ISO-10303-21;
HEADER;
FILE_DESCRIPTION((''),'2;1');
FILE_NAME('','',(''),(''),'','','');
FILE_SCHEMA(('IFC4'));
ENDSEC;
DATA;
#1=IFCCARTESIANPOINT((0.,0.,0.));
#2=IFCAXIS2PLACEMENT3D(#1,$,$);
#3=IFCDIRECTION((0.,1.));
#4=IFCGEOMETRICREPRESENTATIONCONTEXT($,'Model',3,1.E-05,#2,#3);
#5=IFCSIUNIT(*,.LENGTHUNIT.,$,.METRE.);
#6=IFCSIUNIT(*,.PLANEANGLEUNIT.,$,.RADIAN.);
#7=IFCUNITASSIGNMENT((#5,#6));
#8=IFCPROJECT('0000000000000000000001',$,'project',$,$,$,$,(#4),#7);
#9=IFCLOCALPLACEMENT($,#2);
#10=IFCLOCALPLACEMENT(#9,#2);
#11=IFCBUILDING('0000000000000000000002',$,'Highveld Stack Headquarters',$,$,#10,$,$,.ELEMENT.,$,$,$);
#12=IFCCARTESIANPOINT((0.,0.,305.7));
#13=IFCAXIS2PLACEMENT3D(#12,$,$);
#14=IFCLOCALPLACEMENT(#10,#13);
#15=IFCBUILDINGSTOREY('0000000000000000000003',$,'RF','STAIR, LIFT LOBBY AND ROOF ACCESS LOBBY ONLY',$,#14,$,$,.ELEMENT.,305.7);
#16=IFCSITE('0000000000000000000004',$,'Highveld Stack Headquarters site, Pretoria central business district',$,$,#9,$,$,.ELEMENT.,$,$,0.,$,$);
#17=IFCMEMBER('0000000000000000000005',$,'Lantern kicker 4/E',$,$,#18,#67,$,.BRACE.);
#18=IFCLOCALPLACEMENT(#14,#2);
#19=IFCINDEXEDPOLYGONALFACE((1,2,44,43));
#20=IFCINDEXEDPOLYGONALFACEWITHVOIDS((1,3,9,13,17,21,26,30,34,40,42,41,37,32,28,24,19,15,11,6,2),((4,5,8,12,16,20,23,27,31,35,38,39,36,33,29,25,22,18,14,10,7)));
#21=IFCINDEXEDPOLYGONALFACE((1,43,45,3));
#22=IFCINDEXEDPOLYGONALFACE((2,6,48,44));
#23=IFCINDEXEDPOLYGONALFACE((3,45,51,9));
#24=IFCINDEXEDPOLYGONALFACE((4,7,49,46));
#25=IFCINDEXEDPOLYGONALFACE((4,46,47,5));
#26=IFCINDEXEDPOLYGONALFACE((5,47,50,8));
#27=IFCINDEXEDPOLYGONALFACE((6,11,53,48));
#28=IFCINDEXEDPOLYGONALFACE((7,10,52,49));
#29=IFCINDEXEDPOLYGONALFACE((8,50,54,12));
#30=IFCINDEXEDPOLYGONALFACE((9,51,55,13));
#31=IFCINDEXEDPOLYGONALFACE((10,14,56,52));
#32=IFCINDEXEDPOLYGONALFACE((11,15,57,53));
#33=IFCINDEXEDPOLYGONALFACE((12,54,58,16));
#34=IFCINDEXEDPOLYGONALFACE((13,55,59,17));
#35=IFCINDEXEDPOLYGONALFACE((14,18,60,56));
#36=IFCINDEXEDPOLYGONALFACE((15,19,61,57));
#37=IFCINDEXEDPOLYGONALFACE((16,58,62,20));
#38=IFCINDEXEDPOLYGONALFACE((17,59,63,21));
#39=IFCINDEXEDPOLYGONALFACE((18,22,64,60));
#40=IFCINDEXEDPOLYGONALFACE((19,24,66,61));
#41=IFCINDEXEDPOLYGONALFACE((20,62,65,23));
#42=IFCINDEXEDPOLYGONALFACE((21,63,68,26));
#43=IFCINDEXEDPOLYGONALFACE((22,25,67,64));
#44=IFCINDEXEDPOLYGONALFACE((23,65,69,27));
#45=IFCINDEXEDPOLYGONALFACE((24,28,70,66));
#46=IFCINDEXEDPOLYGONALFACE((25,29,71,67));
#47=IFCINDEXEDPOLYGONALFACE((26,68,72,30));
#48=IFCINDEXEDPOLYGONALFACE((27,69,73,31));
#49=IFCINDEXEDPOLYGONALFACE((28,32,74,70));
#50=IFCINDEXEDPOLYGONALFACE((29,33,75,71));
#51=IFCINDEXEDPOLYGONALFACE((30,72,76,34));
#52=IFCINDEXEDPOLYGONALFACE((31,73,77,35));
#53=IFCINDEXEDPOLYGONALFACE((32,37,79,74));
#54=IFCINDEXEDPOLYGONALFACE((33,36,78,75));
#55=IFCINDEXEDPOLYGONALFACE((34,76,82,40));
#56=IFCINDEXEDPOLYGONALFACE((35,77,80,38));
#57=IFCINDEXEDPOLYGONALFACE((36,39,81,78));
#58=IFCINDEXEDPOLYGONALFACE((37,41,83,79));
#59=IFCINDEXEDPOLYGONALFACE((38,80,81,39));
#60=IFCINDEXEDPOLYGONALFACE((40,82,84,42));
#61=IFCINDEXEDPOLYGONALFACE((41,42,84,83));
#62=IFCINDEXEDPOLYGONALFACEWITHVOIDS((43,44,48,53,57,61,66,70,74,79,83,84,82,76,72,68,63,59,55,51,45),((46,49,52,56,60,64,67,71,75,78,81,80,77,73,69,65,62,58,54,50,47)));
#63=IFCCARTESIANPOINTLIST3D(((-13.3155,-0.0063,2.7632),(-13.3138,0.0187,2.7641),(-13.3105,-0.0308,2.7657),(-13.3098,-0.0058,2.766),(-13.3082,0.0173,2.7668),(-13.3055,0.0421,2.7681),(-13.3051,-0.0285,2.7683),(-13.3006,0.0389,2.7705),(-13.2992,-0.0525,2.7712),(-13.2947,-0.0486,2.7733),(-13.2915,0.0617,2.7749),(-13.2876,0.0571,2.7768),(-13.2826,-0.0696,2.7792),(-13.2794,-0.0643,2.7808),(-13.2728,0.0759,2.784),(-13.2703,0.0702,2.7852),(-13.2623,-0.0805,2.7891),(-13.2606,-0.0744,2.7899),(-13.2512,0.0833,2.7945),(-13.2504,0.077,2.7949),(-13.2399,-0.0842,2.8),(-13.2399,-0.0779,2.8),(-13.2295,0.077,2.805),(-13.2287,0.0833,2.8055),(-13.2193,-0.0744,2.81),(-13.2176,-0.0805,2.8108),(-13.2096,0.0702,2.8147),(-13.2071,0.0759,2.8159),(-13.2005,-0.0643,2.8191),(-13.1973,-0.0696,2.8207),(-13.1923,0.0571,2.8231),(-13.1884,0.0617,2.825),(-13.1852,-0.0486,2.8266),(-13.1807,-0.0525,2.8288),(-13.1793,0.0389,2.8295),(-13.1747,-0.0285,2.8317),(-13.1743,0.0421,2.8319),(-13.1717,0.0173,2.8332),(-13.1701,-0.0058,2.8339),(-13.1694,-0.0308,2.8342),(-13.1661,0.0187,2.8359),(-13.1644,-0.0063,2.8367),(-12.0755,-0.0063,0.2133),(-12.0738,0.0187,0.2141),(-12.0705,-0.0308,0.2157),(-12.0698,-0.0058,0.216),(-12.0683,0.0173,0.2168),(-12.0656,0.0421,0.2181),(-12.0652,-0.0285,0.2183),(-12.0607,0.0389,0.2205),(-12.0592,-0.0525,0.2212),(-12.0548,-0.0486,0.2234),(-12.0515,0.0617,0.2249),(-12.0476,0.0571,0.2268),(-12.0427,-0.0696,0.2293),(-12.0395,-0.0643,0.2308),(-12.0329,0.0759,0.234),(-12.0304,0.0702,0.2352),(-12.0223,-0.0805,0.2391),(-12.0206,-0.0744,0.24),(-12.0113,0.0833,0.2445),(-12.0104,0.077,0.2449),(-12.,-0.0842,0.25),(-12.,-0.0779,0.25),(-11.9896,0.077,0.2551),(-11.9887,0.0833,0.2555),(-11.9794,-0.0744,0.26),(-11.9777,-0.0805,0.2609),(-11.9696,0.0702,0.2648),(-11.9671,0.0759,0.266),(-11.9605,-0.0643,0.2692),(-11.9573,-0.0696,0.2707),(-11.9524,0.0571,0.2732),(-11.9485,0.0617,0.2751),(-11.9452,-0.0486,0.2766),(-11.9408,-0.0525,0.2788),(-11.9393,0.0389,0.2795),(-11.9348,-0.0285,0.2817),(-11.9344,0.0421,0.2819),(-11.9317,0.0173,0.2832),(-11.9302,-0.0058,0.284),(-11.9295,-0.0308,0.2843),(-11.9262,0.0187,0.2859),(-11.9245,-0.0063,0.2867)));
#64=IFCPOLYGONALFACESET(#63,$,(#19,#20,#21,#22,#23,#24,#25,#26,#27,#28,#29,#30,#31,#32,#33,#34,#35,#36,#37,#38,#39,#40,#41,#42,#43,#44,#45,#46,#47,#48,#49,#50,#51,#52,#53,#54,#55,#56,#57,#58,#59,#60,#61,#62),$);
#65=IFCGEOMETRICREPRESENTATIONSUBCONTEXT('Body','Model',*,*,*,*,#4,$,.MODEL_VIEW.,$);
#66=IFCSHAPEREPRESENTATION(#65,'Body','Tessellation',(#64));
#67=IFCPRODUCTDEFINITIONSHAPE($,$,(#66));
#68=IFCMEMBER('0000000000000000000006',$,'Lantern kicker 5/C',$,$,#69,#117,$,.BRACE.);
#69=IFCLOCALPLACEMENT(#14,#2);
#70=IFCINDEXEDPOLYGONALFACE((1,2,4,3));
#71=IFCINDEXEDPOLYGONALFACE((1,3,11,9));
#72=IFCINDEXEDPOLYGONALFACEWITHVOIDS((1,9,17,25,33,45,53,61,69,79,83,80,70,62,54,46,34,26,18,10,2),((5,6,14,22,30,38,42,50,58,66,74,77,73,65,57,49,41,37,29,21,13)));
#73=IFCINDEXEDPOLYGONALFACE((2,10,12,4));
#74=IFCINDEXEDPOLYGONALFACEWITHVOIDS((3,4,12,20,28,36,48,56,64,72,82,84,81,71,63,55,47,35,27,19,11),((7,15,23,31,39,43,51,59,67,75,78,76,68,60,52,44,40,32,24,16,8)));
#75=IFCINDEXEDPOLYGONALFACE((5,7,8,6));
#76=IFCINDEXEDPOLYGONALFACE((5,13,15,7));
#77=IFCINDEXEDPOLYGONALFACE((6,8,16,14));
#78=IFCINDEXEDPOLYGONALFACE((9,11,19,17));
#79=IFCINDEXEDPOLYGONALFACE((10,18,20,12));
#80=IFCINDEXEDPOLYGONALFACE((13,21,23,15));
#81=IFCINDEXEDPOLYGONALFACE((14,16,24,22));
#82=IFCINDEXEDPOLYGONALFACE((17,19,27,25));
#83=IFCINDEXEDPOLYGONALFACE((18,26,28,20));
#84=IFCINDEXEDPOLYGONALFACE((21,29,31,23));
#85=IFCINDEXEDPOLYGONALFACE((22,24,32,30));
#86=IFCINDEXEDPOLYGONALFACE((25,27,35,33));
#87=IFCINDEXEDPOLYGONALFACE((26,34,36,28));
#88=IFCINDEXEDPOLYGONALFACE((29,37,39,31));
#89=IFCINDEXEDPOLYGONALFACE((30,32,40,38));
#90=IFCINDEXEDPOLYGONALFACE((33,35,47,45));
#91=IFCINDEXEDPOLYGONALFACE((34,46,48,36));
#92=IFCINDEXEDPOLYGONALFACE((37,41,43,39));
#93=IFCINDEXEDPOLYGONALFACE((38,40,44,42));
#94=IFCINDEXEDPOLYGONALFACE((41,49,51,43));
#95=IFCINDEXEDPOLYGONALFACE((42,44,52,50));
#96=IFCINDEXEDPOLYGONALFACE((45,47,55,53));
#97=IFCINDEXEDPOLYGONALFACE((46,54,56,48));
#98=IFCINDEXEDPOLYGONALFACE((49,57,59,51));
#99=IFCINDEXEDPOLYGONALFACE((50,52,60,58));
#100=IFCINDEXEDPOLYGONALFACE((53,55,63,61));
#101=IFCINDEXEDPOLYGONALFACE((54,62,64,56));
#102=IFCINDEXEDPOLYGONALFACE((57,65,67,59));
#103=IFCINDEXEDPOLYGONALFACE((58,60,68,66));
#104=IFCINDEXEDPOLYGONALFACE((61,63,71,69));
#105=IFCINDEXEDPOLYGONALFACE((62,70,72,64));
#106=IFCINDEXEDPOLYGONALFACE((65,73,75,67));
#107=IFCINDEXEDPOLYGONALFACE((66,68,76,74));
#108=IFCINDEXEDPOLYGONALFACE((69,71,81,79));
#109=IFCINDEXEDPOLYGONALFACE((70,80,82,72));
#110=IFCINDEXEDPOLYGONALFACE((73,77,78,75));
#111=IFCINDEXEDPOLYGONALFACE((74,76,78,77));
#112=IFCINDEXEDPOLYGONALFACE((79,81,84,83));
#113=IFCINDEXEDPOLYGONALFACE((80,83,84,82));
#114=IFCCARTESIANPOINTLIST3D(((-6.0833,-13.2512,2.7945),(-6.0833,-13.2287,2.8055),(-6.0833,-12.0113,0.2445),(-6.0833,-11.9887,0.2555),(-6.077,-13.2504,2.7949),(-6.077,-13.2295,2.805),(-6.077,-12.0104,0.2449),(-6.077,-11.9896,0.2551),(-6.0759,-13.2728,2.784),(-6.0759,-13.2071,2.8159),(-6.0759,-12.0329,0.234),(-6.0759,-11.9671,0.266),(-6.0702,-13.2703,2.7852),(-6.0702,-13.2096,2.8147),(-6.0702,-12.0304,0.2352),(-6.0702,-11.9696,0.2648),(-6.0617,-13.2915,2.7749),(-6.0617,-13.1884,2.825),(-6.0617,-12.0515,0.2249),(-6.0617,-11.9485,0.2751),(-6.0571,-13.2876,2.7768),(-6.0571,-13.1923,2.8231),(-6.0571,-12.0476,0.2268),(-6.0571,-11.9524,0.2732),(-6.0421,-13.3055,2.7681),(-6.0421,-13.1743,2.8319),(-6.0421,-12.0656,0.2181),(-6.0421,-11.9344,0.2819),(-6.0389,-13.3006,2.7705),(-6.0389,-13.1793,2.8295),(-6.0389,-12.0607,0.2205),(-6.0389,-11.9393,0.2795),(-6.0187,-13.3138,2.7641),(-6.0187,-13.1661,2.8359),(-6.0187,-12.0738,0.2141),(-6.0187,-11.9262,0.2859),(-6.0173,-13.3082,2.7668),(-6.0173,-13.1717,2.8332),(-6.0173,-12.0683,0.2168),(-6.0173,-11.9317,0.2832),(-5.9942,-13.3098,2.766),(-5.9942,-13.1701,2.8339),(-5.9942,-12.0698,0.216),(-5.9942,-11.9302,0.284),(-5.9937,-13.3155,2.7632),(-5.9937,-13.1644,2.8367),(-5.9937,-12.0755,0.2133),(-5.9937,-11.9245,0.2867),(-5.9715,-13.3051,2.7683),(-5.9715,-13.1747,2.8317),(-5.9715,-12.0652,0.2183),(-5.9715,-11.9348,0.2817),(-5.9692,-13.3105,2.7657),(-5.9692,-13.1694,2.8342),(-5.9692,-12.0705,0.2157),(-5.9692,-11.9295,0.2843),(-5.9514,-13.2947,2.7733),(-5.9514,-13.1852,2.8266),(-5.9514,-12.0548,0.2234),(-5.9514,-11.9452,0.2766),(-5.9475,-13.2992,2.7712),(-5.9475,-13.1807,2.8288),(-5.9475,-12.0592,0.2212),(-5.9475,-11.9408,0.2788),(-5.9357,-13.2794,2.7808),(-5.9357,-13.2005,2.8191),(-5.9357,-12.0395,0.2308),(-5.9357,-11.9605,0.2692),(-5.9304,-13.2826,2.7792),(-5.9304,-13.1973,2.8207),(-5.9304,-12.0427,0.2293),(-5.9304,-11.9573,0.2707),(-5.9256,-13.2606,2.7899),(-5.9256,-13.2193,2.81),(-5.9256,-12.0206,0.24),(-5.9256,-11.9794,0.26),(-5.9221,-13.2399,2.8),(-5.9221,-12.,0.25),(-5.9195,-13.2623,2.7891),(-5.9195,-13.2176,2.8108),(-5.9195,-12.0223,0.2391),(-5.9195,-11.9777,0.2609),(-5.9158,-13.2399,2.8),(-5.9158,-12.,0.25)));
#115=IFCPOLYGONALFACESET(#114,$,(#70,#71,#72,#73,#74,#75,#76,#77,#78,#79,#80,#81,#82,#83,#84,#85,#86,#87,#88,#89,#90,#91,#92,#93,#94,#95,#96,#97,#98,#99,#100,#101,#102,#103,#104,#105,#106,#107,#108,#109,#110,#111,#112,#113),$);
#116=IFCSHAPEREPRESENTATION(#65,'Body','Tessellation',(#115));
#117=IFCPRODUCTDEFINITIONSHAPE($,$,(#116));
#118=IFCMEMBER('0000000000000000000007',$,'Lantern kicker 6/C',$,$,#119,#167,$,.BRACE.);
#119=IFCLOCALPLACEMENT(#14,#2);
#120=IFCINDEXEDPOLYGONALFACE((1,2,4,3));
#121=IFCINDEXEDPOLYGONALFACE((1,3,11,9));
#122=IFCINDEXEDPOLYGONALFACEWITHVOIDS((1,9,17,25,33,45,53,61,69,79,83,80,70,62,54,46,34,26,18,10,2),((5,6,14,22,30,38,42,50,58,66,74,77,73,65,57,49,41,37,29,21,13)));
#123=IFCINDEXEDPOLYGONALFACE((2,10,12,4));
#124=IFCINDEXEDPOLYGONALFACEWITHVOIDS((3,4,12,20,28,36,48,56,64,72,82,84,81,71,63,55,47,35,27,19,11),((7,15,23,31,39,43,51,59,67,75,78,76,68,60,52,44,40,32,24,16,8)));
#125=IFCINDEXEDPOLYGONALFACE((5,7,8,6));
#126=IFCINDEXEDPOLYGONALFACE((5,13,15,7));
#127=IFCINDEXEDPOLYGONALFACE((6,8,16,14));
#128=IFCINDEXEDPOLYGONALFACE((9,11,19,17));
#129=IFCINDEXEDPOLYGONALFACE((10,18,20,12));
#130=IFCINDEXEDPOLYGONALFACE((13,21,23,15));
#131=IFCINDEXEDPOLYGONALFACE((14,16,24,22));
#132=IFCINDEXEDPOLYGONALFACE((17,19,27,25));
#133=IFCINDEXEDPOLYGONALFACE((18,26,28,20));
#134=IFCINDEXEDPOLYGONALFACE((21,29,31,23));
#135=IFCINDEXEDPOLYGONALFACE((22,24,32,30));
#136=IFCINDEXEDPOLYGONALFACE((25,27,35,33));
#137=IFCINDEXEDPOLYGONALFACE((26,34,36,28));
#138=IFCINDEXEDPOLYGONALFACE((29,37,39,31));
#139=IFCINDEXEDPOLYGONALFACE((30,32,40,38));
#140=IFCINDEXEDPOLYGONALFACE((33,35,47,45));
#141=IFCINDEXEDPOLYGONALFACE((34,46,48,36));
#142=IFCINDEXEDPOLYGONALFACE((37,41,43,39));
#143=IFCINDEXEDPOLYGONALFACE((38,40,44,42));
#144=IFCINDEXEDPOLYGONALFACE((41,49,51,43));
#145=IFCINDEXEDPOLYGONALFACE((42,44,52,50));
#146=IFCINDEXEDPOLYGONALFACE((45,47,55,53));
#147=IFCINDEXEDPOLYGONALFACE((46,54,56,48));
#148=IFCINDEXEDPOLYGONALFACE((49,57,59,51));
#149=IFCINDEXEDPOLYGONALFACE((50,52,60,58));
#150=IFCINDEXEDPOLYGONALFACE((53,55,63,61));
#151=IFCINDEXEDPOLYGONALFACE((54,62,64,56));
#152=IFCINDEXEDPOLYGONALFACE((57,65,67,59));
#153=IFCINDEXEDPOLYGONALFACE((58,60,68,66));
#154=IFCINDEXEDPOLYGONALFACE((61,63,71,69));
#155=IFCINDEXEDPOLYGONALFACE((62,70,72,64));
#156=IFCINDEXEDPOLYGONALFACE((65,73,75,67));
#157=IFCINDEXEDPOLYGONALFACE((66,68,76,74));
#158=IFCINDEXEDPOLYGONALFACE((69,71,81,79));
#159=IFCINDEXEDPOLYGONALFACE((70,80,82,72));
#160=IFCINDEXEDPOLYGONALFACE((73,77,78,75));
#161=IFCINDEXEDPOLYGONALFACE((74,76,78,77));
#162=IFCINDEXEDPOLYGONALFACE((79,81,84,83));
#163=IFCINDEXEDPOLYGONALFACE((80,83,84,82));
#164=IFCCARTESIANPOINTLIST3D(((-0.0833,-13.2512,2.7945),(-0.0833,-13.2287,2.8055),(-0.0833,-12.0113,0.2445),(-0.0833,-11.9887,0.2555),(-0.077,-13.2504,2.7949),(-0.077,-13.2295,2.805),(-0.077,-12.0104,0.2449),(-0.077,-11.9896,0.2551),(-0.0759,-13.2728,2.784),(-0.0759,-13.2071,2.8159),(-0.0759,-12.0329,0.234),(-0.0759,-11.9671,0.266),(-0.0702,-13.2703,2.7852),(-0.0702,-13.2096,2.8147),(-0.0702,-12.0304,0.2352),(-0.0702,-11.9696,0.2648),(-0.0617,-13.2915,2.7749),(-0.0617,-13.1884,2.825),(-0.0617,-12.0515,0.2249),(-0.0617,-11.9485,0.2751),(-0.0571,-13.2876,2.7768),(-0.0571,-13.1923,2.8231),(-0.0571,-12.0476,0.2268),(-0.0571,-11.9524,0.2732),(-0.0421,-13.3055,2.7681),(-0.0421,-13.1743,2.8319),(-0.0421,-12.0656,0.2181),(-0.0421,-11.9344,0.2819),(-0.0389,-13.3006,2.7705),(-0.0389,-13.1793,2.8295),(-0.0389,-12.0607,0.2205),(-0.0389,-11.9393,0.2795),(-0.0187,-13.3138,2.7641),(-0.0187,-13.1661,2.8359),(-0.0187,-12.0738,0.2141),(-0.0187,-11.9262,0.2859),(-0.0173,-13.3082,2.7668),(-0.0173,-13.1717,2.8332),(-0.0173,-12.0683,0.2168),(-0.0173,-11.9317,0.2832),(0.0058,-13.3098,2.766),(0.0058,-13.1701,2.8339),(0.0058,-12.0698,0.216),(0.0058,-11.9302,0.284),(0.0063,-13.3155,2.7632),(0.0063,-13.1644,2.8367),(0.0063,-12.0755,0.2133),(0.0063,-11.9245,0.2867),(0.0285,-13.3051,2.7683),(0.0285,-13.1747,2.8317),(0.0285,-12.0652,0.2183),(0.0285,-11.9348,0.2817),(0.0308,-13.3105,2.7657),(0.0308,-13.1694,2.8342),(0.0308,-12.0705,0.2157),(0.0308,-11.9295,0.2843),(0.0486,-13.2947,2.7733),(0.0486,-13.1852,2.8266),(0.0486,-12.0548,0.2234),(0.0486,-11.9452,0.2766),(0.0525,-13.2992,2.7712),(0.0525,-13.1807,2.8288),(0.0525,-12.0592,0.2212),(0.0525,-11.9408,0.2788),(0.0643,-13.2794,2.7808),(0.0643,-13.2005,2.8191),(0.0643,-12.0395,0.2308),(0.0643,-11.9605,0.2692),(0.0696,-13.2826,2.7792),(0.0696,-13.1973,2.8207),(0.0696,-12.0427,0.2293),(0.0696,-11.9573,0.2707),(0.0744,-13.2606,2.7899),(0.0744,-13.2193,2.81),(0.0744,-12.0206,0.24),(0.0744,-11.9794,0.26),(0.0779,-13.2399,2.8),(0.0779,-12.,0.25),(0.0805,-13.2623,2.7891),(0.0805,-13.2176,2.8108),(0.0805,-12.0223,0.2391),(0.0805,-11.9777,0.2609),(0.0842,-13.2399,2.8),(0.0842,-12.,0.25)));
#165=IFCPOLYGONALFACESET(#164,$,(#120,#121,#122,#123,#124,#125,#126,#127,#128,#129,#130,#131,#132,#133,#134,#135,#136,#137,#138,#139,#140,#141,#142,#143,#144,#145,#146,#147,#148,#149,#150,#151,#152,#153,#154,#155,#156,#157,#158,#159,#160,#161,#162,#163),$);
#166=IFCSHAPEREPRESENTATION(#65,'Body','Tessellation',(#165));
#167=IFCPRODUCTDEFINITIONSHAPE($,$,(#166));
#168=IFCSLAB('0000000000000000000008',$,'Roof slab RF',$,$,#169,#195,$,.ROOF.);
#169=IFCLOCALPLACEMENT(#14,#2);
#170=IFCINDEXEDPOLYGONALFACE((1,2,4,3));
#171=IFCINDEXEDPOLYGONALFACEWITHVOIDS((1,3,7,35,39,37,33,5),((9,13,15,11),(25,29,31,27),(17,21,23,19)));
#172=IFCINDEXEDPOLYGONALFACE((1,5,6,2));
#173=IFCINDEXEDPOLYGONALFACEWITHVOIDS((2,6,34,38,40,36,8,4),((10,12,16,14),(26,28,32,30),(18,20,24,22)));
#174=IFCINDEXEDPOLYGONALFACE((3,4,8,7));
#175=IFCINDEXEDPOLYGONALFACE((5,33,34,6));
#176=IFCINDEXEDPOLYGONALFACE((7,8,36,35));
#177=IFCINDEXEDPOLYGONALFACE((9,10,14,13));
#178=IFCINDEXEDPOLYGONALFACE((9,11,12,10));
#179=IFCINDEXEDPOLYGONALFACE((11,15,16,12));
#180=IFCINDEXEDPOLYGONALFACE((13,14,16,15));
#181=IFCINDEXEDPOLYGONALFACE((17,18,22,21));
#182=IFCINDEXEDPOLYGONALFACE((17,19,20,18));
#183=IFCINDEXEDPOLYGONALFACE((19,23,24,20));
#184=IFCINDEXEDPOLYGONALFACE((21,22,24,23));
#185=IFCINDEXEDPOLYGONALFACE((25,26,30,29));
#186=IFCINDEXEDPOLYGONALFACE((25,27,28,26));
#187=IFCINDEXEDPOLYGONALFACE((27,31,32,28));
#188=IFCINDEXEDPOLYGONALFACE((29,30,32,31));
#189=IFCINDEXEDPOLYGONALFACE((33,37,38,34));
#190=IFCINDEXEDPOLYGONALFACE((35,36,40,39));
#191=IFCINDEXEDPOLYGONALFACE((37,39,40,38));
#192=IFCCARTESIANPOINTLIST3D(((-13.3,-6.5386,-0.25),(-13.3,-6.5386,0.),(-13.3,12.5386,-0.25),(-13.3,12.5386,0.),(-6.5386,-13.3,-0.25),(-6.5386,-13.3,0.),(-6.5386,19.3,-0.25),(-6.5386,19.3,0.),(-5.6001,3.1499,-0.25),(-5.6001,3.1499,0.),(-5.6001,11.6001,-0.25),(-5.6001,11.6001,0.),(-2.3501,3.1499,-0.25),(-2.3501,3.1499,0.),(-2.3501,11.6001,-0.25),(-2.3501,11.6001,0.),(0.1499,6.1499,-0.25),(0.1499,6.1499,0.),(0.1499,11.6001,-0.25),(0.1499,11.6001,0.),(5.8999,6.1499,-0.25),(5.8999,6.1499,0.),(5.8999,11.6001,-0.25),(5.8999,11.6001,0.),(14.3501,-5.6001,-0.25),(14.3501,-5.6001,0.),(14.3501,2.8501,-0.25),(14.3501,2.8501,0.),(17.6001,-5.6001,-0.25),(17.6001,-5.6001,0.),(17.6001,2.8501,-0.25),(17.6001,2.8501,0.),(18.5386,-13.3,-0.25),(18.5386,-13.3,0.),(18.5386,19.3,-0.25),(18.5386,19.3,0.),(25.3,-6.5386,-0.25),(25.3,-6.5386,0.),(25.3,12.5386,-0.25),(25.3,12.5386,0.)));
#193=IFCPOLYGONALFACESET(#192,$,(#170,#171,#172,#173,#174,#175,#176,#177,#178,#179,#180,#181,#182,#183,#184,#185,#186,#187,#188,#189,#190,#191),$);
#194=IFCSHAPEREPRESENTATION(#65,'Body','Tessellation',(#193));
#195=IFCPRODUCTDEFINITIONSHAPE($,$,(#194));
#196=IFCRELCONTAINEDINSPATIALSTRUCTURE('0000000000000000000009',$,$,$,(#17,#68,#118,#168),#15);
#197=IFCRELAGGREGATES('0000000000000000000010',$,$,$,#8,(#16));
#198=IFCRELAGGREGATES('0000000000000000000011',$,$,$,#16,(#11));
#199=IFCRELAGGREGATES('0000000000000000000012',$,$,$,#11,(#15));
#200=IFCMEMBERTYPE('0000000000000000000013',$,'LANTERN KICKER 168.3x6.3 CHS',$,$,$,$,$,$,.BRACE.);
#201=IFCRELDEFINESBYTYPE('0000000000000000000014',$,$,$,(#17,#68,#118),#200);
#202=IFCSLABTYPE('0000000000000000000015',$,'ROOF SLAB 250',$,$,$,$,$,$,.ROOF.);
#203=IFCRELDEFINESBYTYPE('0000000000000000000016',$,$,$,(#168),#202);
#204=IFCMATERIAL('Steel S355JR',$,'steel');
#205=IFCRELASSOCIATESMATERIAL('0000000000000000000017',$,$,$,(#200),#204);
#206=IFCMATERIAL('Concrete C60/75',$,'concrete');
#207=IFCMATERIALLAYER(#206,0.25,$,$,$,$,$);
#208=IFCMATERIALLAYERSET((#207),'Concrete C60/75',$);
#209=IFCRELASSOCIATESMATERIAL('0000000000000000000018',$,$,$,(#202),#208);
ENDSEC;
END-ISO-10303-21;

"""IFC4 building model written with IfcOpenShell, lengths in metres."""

from ifc_helpers import new_model, si_unit, direction, frame, origin, origin_2d, place, context, subcontext, project, spatial, polyline, hollow_circle, outline, extrude, material, layer, layer_set, material_profile, profile_set, type_object, element, save


model = new_model("IFC4")

# Units and contexts
model_context = context("Model", 3, precision=1e-05, world=origin(), true_north=direction((0.0, 1.0)))
body_context = subcontext(model_context, "Body", "Model", "MODEL_VIEW")
ifc_project = project(units=[si_unit("LENGTHUNIT", "METRE"), si_unit("PLANEANGLEUNIT", "RADIAN")], contexts=[model_context])

# Site, building, storey
site_placement = place(None, origin())
site = spatial("IfcSite", under=ifc_project, at=site_placement, Name="Highveld Stack Headquarters site, Pretoria central business district", CompositionType="ELEMENT", RefElevation=0.0)
building_placement = place(site_placement, origin())
building = spatial("IfcBuilding", under=site, at=building_placement, Name="Highveld Stack Headquarters", CompositionType="ELEMENT")
storey_placement = place(building_placement, frame((0.0, 0.0, 305.7)))
storey = spatial("IfcBuildingStorey", under=building, at=storey_placement, Name="RF", Description="STAIR, LIFT LOBBY AND ROOF ACCESS LOBBY ONLY", CompositionType="ELEMENT", Elevation=305.7)

# Members
ifc_material_1 = material(Name="Steel S355JR", Category="steel")
ifc_material_profile_1 = material_profile(ifc_material_1, hollow_circle(Radius=0.0842, WallThickness=0.0063, at=origin_2d()), Name="168.3x6.3 CHS")
ifc_profile_set_1 = profile_set([ifc_material_profile_1], Name="Steel S355JR")
member_type = type_object("IfcMemberType", Name="LANTERN KICKER 168.3x6.3 CHS", PredefinedType="BRACE", material=ifc_profile_set_1)
for number, where, z_axis, x_axis, name in (
    (1, (-12.0, 0.0, 0.25), (-0.437302, 0.0, 0.899315), (0.0, -1.0, 0.0), "Lantern kicker 4/E"),
    (2, (-6.0, -12.0, 0.25), (0.0, -0.437302, 0.899315), (1.0, 0.0, 0.0), "Lantern kicker 5/C"),
    (3, (0.0, -12.0, 0.25), (0.0, -0.437302, 0.899315), (1.0, 0.0, 0.0), "Lantern kicker 6/C"),
):
    element("IfcMember", number, at=place(storey_placement, frame(where, z_axis=z_axis, x_axis=x_axis)), inside=storey, type_object=member_type, Name=name, PredefinedType="BRACE", context=body_context, shape_type="SweptSolid", body=[
        extrude(hollow_circle(Radius=0.0842, WallThickness=0.0063, at=origin_2d()), origin(), (0.0, 0.0, 1.0), 2.8354),
    ])

# Slab
ifc_material_2 = material(Name="Concrete C60/75", Category="concrete")
ifc_layer_1 = layer(ifc_material_2, 0.25)
ifc_layer_set_1 = layer_set([ifc_layer_1], Name="Concrete C60/75")
slab_type = type_object("IfcSlabType", Name="ROOF SLAB 250", PredefinedType="ROOF", material=ifc_layer_set_1)
slab_placement = place(storey_placement, frame((0.0, 0.0, -0.25)))
element("IfcSlab", 4, at=slab_placement, inside=storey, type_object=slab_type, Name="Roof slab RF", PredefinedType="ROOF", context=body_context, shape_type="SweptSolid", body=[
    extrude(outline(polyline([(-6.5386, -13.3), (18.5386, -13.3), (25.3, -6.5386), (25.3, 12.5386), (18.5386, 19.3), (-6.5386, 19.3), (-13.3, 12.5386), (-13.3, -6.5386), (-6.5386, -13.3)]), holes=[polyline([(0.1499, 6.1499), (5.8999, 6.1499), (5.8999, 11.6001), (0.1499, 11.6001), (0.1499, 6.1499)]), polyline([(-5.6001, 3.1499), (-2.3501, 3.1499), (-2.3501, 11.6001), (-5.6001, 11.6001), (-5.6001, 3.1499)]), polyline([(14.3501, -5.6001), (17.6001, -5.6001), (17.6001, 2.8501), (14.3501, 2.8501), (14.3501, -5.6001)])]), origin(), (0.0, 0.0, 1.0), 0.25),
])

save(model, "model.ifc")
